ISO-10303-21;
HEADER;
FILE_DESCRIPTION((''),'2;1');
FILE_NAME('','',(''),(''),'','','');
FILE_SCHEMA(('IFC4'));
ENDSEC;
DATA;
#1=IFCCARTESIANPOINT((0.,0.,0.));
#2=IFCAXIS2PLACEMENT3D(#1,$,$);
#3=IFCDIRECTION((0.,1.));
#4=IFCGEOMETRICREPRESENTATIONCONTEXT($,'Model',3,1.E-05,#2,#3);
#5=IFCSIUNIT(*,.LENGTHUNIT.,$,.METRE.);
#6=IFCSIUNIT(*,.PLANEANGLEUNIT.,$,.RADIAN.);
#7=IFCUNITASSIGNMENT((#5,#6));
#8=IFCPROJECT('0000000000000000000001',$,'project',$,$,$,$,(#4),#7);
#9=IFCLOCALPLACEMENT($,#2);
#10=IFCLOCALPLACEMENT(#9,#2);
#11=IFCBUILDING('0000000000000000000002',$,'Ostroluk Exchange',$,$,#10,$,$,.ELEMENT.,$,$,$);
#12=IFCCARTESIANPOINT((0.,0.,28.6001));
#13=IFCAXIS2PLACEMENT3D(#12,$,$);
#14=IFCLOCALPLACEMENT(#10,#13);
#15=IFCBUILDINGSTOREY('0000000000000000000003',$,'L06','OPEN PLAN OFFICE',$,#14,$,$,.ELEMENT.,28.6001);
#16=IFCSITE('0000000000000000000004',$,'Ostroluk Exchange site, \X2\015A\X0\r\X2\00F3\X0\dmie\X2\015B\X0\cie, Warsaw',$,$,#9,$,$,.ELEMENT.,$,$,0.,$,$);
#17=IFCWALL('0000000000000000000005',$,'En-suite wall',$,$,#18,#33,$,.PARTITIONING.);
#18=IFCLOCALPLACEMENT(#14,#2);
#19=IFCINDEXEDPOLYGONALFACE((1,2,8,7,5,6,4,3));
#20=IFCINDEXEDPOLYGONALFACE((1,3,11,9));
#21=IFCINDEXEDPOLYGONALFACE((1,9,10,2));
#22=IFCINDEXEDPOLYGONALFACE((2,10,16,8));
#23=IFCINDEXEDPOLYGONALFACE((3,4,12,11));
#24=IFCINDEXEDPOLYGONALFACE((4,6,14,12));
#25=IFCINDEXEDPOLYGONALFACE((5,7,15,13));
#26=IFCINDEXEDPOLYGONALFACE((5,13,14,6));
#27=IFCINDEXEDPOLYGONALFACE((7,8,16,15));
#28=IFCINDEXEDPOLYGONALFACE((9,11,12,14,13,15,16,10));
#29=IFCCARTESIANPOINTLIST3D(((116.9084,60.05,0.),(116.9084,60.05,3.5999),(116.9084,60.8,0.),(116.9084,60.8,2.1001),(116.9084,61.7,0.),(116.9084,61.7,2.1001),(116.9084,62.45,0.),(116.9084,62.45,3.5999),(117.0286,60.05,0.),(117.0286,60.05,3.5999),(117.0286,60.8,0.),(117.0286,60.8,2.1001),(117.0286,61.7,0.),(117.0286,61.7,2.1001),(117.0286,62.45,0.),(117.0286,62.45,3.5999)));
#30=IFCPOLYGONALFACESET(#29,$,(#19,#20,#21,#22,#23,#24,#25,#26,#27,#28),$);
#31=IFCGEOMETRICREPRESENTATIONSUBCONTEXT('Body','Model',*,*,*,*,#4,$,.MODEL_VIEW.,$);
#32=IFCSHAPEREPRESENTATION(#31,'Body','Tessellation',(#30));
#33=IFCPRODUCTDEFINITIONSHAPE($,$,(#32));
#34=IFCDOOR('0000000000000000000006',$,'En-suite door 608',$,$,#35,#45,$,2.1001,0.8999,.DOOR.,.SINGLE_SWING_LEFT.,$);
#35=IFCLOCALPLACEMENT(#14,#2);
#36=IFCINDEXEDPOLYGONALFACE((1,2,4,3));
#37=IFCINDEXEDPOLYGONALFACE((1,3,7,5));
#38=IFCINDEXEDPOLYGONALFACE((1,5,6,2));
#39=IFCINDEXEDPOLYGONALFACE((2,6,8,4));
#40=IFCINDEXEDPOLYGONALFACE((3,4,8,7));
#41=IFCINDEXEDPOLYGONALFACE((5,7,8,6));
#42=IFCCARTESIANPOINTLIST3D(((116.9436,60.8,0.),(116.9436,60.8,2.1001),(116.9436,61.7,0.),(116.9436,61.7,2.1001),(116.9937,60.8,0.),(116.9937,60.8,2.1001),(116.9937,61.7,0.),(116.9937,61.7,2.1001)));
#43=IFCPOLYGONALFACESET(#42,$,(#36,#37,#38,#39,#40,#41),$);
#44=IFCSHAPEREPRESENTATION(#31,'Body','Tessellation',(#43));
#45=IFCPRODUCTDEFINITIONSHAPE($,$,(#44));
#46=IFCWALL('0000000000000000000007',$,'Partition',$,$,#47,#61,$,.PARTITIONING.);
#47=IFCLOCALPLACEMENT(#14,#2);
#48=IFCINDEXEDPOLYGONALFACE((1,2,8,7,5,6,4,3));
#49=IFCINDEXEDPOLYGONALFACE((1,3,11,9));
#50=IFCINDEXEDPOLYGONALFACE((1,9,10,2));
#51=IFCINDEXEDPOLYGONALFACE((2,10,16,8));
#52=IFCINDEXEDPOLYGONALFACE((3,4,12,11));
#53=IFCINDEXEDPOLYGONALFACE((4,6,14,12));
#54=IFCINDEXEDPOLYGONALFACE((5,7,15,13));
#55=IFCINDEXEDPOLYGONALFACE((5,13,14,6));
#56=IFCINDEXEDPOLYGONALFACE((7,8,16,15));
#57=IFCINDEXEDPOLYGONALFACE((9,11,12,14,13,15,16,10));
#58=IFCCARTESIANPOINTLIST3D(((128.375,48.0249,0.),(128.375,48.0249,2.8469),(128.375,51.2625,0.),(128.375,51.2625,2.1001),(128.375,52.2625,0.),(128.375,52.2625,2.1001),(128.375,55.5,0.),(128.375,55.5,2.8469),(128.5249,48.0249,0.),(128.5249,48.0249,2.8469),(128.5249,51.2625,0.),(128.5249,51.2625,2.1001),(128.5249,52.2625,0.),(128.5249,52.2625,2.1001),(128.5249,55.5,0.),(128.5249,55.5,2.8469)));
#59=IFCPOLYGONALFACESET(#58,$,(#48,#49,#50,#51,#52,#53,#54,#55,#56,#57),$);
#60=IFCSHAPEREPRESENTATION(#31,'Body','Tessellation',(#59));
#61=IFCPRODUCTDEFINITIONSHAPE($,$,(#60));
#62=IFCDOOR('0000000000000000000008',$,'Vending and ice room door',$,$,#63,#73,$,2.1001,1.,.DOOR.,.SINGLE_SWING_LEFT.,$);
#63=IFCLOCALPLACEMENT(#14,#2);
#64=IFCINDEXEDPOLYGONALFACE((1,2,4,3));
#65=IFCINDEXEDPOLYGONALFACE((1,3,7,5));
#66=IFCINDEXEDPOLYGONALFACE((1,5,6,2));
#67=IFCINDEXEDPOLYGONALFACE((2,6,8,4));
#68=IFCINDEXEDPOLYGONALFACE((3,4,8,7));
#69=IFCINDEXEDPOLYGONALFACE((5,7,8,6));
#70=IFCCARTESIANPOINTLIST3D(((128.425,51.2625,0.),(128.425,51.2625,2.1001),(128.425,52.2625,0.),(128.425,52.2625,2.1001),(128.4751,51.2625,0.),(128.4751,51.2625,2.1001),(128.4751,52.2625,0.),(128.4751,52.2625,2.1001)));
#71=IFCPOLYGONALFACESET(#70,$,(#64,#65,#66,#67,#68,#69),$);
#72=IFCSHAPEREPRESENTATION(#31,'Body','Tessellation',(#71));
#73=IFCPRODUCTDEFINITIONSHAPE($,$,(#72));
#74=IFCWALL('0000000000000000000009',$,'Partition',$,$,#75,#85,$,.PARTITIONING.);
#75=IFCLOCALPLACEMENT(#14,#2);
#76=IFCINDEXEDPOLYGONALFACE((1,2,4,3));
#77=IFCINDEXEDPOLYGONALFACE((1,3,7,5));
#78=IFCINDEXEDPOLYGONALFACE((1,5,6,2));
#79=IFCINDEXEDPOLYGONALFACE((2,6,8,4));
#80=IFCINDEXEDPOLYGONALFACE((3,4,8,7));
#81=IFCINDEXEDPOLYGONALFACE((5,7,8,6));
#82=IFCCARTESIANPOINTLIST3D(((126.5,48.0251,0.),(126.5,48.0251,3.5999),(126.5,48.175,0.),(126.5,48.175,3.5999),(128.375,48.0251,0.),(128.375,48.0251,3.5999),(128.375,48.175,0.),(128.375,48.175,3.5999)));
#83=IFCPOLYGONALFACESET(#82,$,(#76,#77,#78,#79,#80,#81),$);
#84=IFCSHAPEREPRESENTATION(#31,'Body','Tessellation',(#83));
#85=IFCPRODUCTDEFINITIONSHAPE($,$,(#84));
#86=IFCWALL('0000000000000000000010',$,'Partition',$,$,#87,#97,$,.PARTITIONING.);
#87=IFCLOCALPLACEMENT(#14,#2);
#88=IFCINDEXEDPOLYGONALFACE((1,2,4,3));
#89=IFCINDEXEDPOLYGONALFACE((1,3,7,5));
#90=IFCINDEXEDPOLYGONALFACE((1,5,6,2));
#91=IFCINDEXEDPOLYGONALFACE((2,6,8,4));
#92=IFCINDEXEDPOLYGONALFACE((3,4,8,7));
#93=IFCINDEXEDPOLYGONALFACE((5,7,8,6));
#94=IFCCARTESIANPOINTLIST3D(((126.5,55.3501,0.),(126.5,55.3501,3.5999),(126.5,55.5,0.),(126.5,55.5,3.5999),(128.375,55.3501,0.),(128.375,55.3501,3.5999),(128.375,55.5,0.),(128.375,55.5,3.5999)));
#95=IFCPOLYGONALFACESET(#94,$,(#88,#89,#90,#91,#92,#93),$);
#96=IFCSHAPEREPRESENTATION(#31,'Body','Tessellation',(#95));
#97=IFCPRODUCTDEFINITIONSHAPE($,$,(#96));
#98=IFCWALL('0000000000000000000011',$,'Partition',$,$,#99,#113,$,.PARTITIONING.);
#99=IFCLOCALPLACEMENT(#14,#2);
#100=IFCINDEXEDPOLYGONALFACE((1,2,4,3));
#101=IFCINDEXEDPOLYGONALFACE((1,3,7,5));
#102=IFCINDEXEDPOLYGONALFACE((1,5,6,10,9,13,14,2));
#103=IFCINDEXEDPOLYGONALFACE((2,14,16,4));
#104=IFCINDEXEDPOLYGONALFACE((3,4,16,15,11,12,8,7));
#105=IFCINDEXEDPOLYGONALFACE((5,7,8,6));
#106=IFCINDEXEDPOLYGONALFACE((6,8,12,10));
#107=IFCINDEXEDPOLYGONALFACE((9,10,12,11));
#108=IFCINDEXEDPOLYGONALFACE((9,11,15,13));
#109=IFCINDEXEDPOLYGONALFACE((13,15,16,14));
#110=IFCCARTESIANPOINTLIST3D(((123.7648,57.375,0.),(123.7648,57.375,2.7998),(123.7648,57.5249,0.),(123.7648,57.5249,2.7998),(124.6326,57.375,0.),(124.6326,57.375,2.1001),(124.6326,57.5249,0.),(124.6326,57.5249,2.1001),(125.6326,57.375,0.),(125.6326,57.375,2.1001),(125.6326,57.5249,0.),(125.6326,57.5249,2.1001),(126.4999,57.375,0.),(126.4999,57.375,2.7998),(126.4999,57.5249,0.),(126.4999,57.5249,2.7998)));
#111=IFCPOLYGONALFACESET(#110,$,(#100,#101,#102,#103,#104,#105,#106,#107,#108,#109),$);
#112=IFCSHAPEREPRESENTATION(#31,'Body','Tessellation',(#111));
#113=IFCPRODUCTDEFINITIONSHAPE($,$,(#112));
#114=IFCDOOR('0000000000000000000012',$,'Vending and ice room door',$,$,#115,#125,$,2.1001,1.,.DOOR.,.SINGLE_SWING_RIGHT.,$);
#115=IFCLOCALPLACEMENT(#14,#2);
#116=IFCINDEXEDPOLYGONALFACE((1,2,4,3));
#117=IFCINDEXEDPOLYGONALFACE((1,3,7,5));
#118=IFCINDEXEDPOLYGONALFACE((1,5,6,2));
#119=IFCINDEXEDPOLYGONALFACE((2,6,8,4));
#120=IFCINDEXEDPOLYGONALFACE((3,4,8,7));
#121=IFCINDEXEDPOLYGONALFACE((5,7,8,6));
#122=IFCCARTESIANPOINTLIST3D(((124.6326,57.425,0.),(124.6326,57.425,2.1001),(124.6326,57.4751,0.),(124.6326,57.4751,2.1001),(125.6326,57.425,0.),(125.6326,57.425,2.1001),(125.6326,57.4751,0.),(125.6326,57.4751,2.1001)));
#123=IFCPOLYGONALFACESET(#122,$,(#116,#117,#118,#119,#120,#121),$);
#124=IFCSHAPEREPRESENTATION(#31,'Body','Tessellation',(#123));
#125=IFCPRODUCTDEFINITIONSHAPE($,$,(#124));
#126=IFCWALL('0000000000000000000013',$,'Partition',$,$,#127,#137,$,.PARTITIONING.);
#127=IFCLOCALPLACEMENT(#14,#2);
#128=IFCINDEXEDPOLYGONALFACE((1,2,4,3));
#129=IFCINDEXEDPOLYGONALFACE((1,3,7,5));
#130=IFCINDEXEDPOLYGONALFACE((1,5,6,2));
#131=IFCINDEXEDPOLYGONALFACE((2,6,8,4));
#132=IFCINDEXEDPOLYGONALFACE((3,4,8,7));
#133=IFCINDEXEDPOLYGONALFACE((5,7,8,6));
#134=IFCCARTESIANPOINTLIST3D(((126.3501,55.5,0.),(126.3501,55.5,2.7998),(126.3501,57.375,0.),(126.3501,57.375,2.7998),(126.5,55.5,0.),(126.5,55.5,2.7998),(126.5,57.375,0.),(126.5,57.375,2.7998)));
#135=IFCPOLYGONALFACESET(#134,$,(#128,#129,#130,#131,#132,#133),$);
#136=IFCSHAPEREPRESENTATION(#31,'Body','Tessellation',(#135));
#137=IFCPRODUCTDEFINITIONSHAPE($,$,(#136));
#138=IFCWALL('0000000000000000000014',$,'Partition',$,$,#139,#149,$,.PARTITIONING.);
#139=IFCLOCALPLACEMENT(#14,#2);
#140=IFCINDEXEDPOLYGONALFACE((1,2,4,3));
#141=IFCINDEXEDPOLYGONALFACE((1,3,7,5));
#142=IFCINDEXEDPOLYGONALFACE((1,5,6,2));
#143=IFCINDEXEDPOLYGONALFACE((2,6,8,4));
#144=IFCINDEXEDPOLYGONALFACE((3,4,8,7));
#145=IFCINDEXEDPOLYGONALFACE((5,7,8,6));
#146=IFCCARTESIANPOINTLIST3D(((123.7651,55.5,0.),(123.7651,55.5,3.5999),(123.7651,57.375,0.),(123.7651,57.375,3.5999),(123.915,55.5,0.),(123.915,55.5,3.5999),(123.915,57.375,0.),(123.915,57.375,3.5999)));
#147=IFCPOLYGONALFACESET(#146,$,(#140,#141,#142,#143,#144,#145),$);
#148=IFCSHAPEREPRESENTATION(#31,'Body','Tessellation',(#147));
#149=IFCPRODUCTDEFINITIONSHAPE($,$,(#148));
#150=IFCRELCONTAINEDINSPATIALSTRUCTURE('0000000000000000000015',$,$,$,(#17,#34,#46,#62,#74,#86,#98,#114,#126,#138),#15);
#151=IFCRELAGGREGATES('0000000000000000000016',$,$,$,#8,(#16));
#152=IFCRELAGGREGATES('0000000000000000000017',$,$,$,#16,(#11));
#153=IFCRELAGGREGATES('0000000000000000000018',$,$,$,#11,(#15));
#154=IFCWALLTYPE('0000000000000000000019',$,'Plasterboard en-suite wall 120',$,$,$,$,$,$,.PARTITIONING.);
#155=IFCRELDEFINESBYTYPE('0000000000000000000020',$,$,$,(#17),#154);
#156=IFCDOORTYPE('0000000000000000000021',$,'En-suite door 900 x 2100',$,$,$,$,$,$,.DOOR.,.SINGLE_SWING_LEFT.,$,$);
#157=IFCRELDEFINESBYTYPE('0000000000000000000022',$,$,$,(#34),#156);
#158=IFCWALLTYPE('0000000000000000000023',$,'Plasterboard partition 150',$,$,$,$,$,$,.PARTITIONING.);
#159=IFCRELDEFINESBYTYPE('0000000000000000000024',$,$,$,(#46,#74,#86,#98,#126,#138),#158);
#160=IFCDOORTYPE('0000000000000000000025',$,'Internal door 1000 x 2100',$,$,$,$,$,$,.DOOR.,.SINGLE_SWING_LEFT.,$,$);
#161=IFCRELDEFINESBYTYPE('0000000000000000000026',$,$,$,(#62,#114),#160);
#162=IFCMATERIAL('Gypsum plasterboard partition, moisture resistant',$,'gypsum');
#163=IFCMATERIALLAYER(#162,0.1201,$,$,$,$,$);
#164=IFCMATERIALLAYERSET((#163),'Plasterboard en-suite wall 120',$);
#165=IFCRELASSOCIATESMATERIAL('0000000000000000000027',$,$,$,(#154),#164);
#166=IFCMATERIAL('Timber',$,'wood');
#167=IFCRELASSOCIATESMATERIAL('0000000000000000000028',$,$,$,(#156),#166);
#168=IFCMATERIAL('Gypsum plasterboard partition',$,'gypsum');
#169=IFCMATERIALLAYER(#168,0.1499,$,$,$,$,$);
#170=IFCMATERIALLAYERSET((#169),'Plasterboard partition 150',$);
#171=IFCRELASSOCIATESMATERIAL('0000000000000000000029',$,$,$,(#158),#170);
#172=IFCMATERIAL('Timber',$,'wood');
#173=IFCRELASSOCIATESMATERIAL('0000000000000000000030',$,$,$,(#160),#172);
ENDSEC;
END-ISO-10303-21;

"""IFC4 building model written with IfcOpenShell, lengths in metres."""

from ifc_helpers import new_model, si_unit, direction, frame, frame_2d, origin, place, context, subcontext, project, spatial, rectangle, extrude, material, layer, layer_set, type_object, element, fill, save


model = new_model("IFC4")

# Units and contexts
model_context = context("Model", 3, precision=1e-05, world=origin(), true_north=direction((0.0, 1.0)))
body_context = subcontext(model_context, "Body", "Model", "MODEL_VIEW")
ifc_project = project(units=[si_unit("LENGTHUNIT", "METRE"), si_unit("PLANEANGLEUNIT", "RADIAN")], contexts=[model_context])

# Site, building, storey
site_placement = place(None, origin())
site = spatial("IfcSite", under=ifc_project, at=site_placement, Name="Ostroluk Exchange site, Śródmieście, Warsaw", CompositionType="ELEMENT", RefElevation=0.0)
building_placement = place(site_placement, origin())
building = spatial("IfcBuilding", under=site, at=building_placement, Name="Ostroluk Exchange", CompositionType="ELEMENT")
storey_placement = place(building_placement, frame((0.0, 0.0, 28.6001)))
storey = spatial("IfcBuildingStorey", under=building, at=storey_placement, Name="L06", Description="OPEN PLAN OFFICE", CompositionType="ELEMENT", Elevation=28.6001)

# Walls, openings, doors
ifc_material_1 = material(Name="Gypsum plasterboard partition, moisture resistant", Category="gypsum")
ifc_layer_1 = layer(ifc_material_1, 0.1201)
ifc_layer_set_1 = layer_set([ifc_layer_1], Name="Plasterboard en-suite wall 120")
wall_type_1 = type_object("IfcWallType", Name="Plasterboard en-suite wall 120", PredefinedType="PARTITIONING", material=ifc_layer_set_1)
wall_1_placement = place(storey_placement, frame((116.9685, 60.05, 0.0), z_axis=(0.0, 0.0, 1.0), x_axis=(0.0, 1.0, 0.0)))
wall_1 = element("IfcWall", 1, at=wall_1_placement, inside=storey, type_object=wall_type_1, Name="En-suite wall", PredefinedType="PARTITIONING", context=body_context, shape_type="SweptSolid", body=[
    extrude(rectangle(XDim=2.3999, YDim=0.1201, at=frame_2d((1.2, 0.0))), origin(), (0.0, 0.0, 1.0), 3.5999),
])
opening_1_placement = place(wall_1_placement, frame((0.75, 0.0, 0.0)))
opening_1 = element("IfcOpeningElement", 2, at=opening_1_placement, cuts=wall_1, PredefinedType="OPENING", context=body_context, shape_type="SweptSolid", body=[
    extrude(rectangle(XDim=0.8999, YDim=2.1001, at=frame_2d((0.45, 1.05))), frame((0.0, 0.0701, 0.0), z_axis=(0.0, -1.0, 0.0), x_axis=(1.0, 0.0, 0.0)), (0.0, 0.0, 1.0), 0.1401),
])
ifc_material_2 = material(Name="Timber", Category="wood")
door_type_1 = type_object("IfcDoorType", Name="En-suite door 900 x 2100", OperationType="SINGLE_SWING_LEFT", PredefinedType="DOOR", material=ifc_material_2)
door_1_placement = place(opening_1_placement, origin())
door_1 = element("IfcDoor", 3, at=door_1_placement, inside=storey, type_object=door_type_1, Name="En-suite door 608", OperationType="SINGLE_SWING_LEFT", OverallHeight=2.1001, OverallWidth=0.8999, PredefinedType="DOOR", context=body_context, shape_type="SweptSolid", body=[
    extrude(rectangle(XDim=0.8999, YDim=2.1001, at=frame_2d((0.45, 1.05))), frame((0.0, 0.0249, 0.0), z_axis=(0.0, -1.0, 0.0), x_axis=(1.0, 0.0, 0.0)), (0.0, 0.0, 1.0), 0.05),
])
fill(opening_1, door_1)
ifc_material_3 = material(Name="Gypsum plasterboard partition", Category="gypsum")
ifc_layer_2 = layer(ifc_material_3, 0.1499)
ifc_layer_set_2 = layer_set([ifc_layer_2], Name="Plasterboard partition 150")
wall_type_2 = type_object("IfcWallType", Name="Plasterboard partition 150", PredefinedType="PARTITIONING", material=ifc_layer_set_2)
wall_2_placement = place(storey_placement, frame((128.45, 48.0249, 0.0), z_axis=(0.0, 0.0, 1.0), x_axis=(0.0, 1.0, 0.0)))
wall_2 = element("IfcWall", 4, at=wall_2_placement, inside=storey, type_object=wall_type_2, Name="Partition", PredefinedType="PARTITIONING", context=body_context, shape_type="SweptSolid", body=[
    extrude(rectangle(XDim=7.4751, YDim=0.1499, at=frame_2d((3.7375, 0.0))), origin(), (0.0, 0.0, 1.0), 2.8469),
])
opening_2_placement = place(wall_2_placement, frame((3.2375, 0.0, 0.0)))
opening_2 = element("IfcOpeningElement", 5, at=opening_2_placement, cuts=wall_2, PredefinedType="OPENING", context=body_context, shape_type="SweptSolid", body=[
    extrude(rectangle(XDim=1.0, YDim=2.1001, at=frame_2d((0.5, 1.05))), frame((0.0, 0.085, 0.0), z_axis=(0.0, -1.0, 0.0), x_axis=(1.0, 0.0, 0.0)), (0.0, 0.0, 1.0), 0.1699),
])
ifc_material_4 = material(Name="Timber", Category="wood")
door_type_2 = type_object("IfcDoorType", Name="Internal door 1000 x 2100", OperationType="SINGLE_SWING_LEFT", PredefinedType="DOOR", material=ifc_material_4)
door_2_placement = place(opening_2_placement, origin())
door_2 = element("IfcDoor", 6, at=door_2_placement, inside=storey, type_object=door_type_2, Name="Vending and ice room door", OperationType="SINGLE_SWING_LEFT", OverallHeight=2.1001, OverallWidth=1.0, PredefinedType="DOOR", context=body_context, shape_type="SweptSolid", body=[
    extrude(rectangle(XDim=1.0, YDim=2.1001, at=frame_2d((0.5, 1.05))), frame((0.0, 0.0249, 0.0), z_axis=(0.0, -1.0, 0.0), x_axis=(1.0, 0.0, 0.0)), (0.0, 0.0, 1.0), 0.05),
])
fill(opening_2, door_2)

# Walls
for number, where, z_axis, x_axis, name in (
    (7, (126.5, 48.1001, 0.0), (0.0, 0.0, 1.0), (1.0, 0.0, 0.0), "Partition"),
    (8, (126.5, 55.425, 0.0), (0.0, 0.0, 1.0), (1.0, 0.0, 0.0), "Partition"),
):
    element("IfcWall", number, at=place(storey_placement, frame(where, z_axis=z_axis, x_axis=x_axis)), inside=storey, type_object=wall_type_2, Name=name, PredefinedType="PARTITIONING", context=body_context, shape_type="SweptSolid", body=[
        extrude(rectangle(XDim=1.875, YDim=0.1499, at=frame_2d((0.9375, 0.0))), origin(), (0.0, 0.0, 1.0), 3.5999),
    ])

# Wall, opening, door
wall_3_placement = place(storey_placement, frame((126.5, 57.45, 0.0), z_axis=(0.0, 0.0, 1.0), x_axis=(-1.0, 0.0, 0.0)))
wall_3 = element("IfcWall", 9, at=wall_3_placement, inside=storey, type_object=wall_type_2, Name="Partition", PredefinedType="PARTITIONING", context=body_context, shape_type="SweptSolid", body=[
    extrude(rectangle(XDim=2.7351, YDim=0.1499, at=frame_2d((1.3677, 0.0))), origin(), (0.0, 0.0, 1.0), 2.7998),
])
opening_3_placement = place(wall_3_placement, frame((0.8674, 0.0, 0.0)))
opening_3 = element("IfcOpeningElement", 10, at=opening_3_placement, cuts=wall_3, PredefinedType="OPENING", context=body_context, shape_type="SweptSolid", body=[
    extrude(rectangle(XDim=1.0, YDim=2.1001, at=frame_2d((0.5, 1.05))), frame((0.0, 0.085, 0.0), z_axis=(0.0, -1.0, 0.0), x_axis=(1.0, 0.0, 0.0)), (0.0, 0.0, 1.0), 0.1699),
])
door_3_placement = place(opening_3_placement, origin())
door_3 = element("IfcDoor", 11, at=door_3_placement, inside=storey, type_object=door_type_2, Name="Vending and ice room door", OperationType="SINGLE_SWING_RIGHT", OverallHeight=2.1001, OverallWidth=1.0, PredefinedType="DOOR", context=body_context, shape_type="SweptSolid", body=[
    extrude(rectangle(XDim=1.0, YDim=2.1001, at=frame_2d((0.5, 1.05))), frame((0.0, 0.0249, 0.0), z_axis=(0.0, -1.0, 0.0), x_axis=(1.0, 0.0, 0.0)), (0.0, 0.0, 1.0), 0.05),
])
fill(opening_3, door_3)

# Walls
wall_4_placement = place(storey_placement, frame((126.425, 55.5, 0.0), z_axis=(0.0, 0.0, 1.0), x_axis=(0.0, 1.0, 0.0)))
element("IfcWall", 12, at=wall_4_placement, inside=storey, type_object=wall_type_2, Name="Partition", PredefinedType="PARTITIONING", context=body_context, shape_type="SweptSolid", body=[
    extrude(rectangle(XDim=1.875, YDim=0.1499, at=frame_2d((0.9375, 0.0))), origin(), (0.0, 0.0, 1.0), 2.7998),
])
wall_5_placement = place(storey_placement, frame((123.8401, 55.5, 0.0), z_axis=(0.0, 0.0, 1.0), x_axis=(0.0, 1.0, 0.0)))
element("IfcWall", 13, at=wall_5_placement, inside=storey, type_object=wall_type_2, Name="Partition", PredefinedType="PARTITIONING", context=body_context, shape_type="SweptSolid", body=[
    extrude(rectangle(XDim=1.875, YDim=0.1499, at=frame_2d((0.9375, 0.0))), origin(), (0.0, 0.0, 1.0), 3.5999),
])

save(model, "model.ifc")
